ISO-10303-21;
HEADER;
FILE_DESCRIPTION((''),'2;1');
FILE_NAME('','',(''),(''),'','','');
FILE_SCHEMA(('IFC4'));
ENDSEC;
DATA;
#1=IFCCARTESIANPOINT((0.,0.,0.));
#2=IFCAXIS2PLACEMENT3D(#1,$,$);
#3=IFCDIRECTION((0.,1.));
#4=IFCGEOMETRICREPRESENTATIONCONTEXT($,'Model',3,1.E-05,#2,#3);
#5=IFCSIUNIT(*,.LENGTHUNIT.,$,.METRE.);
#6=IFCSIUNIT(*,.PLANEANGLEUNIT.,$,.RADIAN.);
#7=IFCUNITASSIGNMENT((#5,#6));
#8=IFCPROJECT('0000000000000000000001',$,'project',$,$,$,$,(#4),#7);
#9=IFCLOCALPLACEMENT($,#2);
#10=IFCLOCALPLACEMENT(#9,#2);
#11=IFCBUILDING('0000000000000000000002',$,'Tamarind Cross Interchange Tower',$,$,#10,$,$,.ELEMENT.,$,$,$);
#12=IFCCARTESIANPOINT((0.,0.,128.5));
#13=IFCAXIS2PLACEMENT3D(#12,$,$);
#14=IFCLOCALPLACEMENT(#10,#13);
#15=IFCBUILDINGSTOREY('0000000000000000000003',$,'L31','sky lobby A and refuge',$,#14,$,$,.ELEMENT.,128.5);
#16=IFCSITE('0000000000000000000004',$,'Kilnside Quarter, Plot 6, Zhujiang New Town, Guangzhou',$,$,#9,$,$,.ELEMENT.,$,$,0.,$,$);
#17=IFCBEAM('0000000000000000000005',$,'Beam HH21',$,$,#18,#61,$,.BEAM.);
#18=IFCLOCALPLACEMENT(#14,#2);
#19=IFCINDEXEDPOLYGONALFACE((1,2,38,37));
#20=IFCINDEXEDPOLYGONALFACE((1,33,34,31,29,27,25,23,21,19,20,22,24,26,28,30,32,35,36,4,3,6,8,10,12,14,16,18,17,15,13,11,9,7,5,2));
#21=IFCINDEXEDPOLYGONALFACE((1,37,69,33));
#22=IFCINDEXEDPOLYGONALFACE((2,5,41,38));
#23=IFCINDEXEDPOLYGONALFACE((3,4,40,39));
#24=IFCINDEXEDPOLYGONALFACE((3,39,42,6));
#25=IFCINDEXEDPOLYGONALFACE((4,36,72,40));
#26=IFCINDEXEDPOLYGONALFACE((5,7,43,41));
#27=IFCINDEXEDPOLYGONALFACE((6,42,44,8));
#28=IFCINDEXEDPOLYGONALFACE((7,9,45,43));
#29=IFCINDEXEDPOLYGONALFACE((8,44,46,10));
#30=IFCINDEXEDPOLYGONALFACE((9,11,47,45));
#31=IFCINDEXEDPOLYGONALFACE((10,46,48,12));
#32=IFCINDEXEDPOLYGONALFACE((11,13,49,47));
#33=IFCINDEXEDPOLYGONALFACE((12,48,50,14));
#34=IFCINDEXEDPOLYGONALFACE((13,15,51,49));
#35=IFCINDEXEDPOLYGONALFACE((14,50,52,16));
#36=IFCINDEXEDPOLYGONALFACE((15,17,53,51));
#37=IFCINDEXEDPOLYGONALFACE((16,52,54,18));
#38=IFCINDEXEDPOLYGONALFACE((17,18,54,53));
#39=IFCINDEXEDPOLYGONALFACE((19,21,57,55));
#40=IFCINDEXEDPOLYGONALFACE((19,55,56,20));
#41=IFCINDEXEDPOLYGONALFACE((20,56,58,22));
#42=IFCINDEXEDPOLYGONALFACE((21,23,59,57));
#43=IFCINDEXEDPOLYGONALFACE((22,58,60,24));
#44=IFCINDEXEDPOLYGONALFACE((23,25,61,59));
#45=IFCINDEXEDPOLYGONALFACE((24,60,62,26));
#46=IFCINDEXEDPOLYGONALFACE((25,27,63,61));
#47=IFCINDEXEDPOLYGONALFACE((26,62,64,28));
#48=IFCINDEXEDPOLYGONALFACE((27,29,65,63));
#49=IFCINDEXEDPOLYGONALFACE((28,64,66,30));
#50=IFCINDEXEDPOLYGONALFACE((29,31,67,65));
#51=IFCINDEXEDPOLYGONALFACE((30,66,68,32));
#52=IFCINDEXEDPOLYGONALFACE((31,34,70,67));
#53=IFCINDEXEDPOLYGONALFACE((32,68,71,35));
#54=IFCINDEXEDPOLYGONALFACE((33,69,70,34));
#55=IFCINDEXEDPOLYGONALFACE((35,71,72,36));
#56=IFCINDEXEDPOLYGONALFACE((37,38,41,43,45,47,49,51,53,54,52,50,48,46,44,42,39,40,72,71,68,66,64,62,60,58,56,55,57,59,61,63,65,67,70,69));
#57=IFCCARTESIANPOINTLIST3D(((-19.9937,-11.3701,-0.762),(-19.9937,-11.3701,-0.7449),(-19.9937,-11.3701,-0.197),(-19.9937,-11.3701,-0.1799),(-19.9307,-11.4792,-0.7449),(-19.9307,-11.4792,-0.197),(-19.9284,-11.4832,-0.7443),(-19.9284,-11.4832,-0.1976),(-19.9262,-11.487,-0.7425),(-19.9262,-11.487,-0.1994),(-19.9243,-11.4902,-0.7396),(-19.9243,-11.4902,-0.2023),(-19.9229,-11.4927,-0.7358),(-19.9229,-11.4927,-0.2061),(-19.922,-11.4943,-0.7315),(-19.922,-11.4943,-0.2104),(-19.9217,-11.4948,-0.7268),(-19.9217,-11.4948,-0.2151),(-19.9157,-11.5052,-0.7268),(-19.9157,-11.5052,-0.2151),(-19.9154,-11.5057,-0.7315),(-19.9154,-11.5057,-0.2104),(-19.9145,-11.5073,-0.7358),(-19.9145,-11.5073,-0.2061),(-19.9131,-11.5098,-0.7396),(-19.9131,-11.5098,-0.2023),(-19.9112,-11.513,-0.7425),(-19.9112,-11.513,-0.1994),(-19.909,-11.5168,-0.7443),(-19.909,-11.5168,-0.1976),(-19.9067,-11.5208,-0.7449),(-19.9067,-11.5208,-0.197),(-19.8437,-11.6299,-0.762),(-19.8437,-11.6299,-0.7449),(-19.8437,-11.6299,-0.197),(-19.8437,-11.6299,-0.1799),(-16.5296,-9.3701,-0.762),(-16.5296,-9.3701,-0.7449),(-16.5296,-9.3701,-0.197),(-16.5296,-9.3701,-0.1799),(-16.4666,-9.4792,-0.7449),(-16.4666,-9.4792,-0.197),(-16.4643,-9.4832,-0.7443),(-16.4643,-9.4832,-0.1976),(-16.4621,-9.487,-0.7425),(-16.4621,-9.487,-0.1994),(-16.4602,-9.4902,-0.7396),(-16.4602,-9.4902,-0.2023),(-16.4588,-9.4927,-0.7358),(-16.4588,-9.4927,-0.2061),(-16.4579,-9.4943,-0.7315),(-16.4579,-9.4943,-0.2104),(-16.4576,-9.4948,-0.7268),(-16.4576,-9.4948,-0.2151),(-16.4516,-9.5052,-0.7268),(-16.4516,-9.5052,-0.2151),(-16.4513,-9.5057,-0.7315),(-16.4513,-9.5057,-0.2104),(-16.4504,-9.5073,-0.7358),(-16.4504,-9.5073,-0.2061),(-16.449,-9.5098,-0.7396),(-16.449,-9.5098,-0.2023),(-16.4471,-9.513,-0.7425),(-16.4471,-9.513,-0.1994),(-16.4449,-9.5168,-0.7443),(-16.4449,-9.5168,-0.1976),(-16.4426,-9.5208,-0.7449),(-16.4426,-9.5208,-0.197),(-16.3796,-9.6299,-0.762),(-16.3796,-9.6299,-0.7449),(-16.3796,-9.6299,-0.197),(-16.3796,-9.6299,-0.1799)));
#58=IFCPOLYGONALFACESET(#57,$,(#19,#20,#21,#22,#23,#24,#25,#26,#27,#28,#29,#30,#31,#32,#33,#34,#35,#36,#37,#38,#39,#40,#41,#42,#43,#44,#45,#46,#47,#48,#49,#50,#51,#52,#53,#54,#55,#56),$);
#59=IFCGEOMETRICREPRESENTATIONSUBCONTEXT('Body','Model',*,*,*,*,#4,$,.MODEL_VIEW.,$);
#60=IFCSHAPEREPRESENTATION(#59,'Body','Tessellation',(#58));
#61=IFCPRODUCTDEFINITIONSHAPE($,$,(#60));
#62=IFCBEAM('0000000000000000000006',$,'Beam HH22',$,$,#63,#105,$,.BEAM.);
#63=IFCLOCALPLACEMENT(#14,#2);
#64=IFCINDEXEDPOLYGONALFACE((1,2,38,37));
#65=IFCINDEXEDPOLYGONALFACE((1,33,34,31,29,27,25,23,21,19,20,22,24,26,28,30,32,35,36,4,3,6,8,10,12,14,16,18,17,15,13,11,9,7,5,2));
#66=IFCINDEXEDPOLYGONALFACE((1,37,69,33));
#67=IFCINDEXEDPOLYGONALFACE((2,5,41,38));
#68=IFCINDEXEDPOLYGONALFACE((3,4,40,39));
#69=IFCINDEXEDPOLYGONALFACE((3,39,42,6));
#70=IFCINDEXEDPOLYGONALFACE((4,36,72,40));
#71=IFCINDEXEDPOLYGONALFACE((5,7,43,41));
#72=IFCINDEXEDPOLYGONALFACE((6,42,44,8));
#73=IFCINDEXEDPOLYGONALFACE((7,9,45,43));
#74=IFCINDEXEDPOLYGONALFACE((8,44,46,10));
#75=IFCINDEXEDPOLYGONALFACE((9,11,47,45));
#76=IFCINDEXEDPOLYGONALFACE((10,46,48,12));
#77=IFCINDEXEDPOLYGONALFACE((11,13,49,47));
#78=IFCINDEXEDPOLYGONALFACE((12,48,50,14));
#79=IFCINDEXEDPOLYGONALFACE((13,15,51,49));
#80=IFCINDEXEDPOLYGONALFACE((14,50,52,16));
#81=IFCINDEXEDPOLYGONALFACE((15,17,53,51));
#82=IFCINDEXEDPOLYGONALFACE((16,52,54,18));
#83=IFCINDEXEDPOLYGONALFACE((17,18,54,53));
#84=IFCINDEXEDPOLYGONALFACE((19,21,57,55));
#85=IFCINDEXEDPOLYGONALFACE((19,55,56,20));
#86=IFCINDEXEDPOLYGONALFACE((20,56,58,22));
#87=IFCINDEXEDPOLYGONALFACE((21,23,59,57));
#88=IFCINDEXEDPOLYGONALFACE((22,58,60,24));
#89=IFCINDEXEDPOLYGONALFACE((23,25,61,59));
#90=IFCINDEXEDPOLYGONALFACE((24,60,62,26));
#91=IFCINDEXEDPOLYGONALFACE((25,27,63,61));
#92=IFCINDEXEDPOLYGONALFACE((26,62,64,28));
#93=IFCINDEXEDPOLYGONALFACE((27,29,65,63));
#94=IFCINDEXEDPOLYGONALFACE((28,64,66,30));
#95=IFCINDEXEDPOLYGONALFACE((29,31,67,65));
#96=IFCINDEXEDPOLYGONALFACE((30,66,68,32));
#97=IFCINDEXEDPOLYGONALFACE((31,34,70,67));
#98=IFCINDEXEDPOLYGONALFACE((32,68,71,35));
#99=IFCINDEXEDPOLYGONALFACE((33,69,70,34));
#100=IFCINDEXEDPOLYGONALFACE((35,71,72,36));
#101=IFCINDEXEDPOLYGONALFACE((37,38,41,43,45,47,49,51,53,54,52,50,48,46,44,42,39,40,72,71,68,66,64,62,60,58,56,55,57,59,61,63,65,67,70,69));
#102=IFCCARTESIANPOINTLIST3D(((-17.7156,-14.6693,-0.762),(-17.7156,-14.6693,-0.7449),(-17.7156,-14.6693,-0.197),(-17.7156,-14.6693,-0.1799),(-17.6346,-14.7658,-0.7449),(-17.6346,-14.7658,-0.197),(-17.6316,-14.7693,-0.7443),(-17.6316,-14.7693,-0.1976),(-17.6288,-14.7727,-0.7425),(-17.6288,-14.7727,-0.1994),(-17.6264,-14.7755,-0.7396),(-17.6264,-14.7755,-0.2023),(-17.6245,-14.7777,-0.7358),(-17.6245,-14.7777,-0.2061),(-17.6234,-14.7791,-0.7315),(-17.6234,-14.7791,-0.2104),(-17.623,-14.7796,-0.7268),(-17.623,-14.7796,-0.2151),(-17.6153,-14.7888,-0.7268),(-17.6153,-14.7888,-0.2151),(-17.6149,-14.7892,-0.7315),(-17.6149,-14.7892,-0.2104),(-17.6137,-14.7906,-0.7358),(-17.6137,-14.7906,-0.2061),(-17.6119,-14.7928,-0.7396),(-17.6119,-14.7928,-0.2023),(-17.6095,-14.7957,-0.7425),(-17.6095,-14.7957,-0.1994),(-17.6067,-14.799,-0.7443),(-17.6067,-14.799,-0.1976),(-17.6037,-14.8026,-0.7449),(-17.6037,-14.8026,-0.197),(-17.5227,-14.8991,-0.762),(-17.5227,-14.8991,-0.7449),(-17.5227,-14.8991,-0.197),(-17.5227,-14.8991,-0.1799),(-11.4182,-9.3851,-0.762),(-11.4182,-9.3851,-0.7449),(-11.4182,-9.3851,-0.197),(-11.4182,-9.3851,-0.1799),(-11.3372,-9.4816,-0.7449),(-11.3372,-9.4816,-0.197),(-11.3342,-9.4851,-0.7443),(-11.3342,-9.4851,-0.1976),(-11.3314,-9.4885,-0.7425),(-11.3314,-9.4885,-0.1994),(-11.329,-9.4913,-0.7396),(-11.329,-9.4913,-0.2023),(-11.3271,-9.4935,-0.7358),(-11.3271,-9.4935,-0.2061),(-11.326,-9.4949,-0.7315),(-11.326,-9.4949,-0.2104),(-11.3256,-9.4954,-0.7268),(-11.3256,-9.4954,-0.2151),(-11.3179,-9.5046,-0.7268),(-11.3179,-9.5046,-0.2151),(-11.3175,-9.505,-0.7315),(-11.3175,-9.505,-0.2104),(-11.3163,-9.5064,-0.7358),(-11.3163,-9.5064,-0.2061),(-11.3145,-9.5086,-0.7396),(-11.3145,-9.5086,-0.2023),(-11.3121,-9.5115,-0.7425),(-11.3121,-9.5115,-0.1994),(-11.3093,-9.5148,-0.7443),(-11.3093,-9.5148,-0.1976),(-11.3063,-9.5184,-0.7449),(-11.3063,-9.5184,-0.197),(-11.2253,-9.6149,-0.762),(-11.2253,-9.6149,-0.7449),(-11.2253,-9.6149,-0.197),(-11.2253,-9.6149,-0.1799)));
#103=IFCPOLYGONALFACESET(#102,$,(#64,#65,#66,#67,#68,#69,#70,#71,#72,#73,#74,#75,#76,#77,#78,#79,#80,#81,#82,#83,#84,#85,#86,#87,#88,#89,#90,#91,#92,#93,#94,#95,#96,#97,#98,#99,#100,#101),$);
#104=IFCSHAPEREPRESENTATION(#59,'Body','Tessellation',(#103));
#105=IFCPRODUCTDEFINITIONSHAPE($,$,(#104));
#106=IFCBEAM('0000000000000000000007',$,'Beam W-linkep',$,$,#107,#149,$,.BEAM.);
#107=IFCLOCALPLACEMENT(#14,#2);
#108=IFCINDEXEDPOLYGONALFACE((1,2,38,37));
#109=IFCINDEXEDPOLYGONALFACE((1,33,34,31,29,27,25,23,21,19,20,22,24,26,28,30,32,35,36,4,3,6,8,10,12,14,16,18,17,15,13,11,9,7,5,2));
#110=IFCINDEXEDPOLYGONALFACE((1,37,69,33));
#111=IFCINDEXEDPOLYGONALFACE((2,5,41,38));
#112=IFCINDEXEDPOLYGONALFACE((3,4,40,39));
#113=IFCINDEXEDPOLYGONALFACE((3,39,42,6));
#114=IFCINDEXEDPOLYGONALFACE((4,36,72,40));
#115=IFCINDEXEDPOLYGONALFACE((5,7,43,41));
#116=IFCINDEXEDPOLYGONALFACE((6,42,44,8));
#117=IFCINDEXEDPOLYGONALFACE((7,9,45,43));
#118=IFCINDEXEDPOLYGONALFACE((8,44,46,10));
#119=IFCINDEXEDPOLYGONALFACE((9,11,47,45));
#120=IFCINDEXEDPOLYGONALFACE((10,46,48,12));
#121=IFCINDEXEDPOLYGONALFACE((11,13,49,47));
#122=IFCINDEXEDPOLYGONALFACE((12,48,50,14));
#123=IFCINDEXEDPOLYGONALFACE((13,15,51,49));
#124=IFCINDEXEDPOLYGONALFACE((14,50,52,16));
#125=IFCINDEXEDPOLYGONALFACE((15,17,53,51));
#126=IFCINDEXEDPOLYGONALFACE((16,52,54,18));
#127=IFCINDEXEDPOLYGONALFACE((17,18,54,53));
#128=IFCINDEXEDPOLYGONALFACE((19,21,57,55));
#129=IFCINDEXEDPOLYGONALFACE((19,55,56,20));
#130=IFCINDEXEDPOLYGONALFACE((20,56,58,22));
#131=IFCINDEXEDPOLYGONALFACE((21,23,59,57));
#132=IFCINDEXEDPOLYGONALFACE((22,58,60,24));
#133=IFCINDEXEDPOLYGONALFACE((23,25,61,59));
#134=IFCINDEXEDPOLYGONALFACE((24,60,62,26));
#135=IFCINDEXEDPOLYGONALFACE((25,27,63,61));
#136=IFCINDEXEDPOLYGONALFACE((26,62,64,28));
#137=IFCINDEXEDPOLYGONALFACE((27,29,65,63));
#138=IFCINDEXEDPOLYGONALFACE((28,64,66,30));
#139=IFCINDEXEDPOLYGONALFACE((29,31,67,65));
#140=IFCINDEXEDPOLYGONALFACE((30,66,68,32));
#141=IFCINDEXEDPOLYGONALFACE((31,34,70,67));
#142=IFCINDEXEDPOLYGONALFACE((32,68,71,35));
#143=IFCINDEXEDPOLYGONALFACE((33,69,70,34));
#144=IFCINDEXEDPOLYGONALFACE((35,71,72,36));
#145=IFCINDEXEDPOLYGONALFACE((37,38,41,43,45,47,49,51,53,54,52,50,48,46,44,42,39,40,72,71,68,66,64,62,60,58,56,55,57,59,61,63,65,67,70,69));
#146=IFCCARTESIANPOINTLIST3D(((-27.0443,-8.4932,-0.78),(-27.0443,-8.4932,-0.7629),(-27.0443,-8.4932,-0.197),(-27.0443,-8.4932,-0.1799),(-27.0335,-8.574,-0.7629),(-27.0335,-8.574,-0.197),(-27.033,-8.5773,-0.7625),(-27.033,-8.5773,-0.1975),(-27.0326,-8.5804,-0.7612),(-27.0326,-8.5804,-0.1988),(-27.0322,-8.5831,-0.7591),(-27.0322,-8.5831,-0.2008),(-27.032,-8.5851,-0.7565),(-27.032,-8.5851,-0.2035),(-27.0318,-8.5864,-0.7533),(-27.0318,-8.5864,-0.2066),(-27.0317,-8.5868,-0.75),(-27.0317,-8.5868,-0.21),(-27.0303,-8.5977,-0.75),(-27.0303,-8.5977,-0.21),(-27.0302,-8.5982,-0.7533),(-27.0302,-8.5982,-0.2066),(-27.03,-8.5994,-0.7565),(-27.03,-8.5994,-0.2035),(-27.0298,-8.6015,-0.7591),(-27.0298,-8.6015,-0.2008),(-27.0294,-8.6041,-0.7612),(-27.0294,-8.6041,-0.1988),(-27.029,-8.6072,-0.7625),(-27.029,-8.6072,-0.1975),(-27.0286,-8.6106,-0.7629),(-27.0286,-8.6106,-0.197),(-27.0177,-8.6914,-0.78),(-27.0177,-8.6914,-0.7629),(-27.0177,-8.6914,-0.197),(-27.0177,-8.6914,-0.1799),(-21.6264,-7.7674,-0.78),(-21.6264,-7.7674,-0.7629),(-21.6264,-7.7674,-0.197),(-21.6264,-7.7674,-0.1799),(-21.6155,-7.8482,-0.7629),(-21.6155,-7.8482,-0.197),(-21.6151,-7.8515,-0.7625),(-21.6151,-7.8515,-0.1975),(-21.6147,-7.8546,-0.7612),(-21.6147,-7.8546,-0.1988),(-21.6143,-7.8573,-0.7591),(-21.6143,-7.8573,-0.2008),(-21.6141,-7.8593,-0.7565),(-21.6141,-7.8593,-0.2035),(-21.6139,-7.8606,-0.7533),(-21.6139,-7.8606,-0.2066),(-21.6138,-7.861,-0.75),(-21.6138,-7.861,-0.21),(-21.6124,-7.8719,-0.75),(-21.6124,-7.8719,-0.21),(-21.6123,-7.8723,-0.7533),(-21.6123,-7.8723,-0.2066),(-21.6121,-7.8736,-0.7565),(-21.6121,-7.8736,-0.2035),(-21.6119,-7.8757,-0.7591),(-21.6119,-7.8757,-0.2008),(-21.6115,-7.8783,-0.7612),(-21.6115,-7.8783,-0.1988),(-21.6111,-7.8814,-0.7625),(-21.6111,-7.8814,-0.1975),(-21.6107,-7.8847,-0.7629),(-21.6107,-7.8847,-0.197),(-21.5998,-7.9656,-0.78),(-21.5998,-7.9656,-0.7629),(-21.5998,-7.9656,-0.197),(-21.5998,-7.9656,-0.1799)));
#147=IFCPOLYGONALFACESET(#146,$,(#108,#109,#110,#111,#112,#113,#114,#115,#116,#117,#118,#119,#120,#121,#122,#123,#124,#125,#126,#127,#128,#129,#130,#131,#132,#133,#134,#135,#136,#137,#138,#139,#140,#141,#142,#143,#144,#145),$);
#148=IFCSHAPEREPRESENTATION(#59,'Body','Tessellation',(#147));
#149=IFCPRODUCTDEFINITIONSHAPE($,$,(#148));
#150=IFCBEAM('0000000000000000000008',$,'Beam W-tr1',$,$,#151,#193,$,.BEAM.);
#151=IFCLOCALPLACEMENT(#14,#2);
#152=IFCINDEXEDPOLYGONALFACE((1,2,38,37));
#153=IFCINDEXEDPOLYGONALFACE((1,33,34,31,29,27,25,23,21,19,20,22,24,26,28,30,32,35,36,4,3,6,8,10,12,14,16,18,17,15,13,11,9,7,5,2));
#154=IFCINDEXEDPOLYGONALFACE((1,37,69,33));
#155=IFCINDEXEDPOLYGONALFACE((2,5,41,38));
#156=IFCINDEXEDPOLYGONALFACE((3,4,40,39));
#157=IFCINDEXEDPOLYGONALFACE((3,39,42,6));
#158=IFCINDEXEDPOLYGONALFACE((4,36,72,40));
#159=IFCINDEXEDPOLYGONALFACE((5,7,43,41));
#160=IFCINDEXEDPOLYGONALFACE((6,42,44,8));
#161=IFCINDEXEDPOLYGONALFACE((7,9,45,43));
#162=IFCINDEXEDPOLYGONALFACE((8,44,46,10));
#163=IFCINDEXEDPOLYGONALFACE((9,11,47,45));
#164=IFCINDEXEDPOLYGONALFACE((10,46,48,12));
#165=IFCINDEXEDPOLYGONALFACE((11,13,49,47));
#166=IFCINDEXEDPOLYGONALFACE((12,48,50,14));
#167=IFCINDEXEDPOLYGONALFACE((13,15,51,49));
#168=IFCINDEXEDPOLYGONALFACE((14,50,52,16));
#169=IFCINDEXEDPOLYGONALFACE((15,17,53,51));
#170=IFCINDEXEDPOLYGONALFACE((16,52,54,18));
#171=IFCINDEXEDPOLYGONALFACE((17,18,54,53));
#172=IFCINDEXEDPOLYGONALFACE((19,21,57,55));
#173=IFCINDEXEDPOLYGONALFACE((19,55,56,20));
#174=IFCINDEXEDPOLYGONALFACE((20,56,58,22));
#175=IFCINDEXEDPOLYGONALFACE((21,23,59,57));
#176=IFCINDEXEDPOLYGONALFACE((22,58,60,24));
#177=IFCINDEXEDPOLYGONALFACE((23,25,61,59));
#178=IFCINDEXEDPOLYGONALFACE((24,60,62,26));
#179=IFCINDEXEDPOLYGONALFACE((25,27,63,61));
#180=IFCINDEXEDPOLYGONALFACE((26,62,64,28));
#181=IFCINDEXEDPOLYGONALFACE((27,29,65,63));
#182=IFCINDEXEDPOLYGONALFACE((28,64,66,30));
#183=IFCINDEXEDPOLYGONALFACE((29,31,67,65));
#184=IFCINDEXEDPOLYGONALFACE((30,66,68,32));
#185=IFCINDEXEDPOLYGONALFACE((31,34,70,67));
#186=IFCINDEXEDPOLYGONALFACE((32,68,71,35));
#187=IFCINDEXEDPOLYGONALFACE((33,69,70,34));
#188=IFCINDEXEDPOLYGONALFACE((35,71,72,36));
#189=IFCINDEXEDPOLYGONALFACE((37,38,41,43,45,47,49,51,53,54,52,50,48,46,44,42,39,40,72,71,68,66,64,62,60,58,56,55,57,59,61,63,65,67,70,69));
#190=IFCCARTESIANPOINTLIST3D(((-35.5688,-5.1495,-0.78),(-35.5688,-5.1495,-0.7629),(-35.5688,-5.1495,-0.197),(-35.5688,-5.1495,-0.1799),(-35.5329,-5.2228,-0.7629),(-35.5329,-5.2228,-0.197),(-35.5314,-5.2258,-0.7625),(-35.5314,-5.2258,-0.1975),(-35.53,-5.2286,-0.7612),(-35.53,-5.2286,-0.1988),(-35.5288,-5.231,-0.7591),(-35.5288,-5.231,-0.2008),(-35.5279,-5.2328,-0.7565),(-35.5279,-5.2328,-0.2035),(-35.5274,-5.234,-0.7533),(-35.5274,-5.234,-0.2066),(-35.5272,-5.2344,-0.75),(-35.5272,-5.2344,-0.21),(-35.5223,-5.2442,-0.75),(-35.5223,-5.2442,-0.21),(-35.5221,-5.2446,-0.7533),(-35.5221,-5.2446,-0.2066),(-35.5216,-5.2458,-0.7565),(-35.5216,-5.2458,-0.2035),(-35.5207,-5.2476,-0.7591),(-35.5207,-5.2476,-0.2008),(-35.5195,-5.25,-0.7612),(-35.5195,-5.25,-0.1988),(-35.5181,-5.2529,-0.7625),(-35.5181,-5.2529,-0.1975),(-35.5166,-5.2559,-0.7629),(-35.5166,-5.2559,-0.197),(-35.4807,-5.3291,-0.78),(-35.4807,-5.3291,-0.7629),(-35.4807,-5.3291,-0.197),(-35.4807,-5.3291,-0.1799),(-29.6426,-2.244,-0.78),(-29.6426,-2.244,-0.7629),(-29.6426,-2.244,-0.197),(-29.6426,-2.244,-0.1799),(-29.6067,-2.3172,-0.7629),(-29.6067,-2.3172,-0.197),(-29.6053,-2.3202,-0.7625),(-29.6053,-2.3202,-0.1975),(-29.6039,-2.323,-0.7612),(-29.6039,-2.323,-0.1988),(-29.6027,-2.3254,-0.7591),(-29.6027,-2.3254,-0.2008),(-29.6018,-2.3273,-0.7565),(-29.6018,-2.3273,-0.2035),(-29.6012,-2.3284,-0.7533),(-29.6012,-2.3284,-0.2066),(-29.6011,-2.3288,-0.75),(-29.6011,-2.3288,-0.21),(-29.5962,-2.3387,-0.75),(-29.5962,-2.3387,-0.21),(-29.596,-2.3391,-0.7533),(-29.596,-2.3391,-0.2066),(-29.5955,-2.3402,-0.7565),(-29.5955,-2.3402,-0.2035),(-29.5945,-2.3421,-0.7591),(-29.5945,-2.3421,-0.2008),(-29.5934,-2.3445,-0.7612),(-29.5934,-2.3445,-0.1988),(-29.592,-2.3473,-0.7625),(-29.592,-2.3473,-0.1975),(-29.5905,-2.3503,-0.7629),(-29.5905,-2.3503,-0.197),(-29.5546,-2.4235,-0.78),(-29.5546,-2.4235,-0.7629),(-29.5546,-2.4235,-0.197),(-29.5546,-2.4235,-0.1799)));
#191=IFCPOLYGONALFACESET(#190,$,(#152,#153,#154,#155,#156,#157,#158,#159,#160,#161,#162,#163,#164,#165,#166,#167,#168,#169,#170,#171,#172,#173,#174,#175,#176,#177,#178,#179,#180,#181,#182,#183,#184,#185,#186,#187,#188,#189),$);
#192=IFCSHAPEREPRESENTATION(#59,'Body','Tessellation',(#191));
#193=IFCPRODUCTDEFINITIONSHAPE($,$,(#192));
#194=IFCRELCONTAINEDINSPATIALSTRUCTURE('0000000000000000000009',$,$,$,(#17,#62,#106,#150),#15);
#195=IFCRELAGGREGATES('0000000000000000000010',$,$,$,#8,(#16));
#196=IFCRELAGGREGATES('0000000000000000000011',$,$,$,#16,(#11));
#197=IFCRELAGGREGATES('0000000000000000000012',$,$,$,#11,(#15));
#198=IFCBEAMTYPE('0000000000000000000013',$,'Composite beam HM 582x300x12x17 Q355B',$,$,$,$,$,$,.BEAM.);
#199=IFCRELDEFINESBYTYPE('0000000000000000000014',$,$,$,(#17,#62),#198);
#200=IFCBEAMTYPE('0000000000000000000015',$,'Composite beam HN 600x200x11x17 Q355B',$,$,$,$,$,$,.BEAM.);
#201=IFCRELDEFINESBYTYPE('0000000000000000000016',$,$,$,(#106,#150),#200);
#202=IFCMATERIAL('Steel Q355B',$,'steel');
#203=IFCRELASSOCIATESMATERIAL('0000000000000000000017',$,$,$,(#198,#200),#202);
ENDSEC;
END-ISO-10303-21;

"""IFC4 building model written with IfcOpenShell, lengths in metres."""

from ifc_helpers import new_model, si_unit, direction, frame, origin, origin_2d, place, context, subcontext, project, spatial, i_section, extrude, material, material_profile, profile_set, type_object, element, save


model = new_model("IFC4")

# Units and contexts
model_context = context("Model", 3, precision=1e-05, world=origin(), true_north=direction((0.0, 1.0)))
body_context = subcontext(model_context, "Body", "Model", "MODEL_VIEW")
ifc_project = project(units=[si_unit("LENGTHUNIT", "METRE"), si_unit("PLANEANGLEUNIT", "RADIAN")], contexts=[model_context])

# Site, building, storey
site_placement = place(None, origin())
site = spatial("IfcSite", under=ifc_project, at=site_placement, Name="Kilnside Quarter, Plot 6, Zhujiang New Town, Guangzhou", CompositionType="ELEMENT", RefElevation=0.0)
building_placement = place(site_placement, origin())
building = spatial("IfcBuilding", under=site, at=building_placement, Name="Tamarind Cross Interchange Tower", CompositionType="ELEMENT")
storey_placement = place(building_placement, frame((0.0, 0.0, 128.5)))
storey = spatial("IfcBuildingStorey", under=building, at=storey_placement, Name="L31", Description="sky lobby A and refuge", CompositionType="ELEMENT", Elevation=128.5)

# Beams
ifc_material_1 = material(Name="Steel Q355B", Category="steel")
ifc_material_profile_1 = material_profile(ifc_material_1, i_section(OverallWidth=0.3, OverallDepth=0.582, WebThickness=0.012, FlangeThickness=0.0171, FilletRadius=0.0181, at=origin_2d()), Name="HM 582x300x12x17")
ifc_profile_set_1 = profile_set([ifc_material_profile_1], Name="Steel Q355B")
beam_type_1 = type_object("IfcBeamType", Name="Composite beam HM 582x300x12x17 Q355B", PredefinedType="BEAM", material=ifc_profile_set_1)
beam_1_placement = place(storey_placement, frame((-19.9187, -11.5, -0.4709), z_axis=(0.866026, 0.499999, 0.0), x_axis=(-0.499999, 0.866026, 0.0)))
element("IfcBeam", 1, at=beam_1_placement, inside=storey, type_object=beam_type_1, Name="Beam HH21", PredefinedType="BEAM", context=body_context, shape_type="SweptSolid", body=[
    extrude(i_section(OverallWidth=0.3, OverallDepth=0.582, WebThickness=0.012, FlangeThickness=0.0171, FilletRadius=0.0181, at=origin_2d()), origin(), (0.0, 0.0, 1.0), 4.0),
])
beam_2_placement = place(storey_placement, frame((-17.6191, -14.7842, -0.4709), z_axis=(0.766041, 0.642792, 0.0), x_axis=(-0.642792, 0.766041, 0.0)))
element("IfcBeam", 2, at=beam_2_placement, inside=storey, type_object=beam_type_1, Name="Beam HH22", PredefinedType="BEAM", context=body_context, shape_type="SweptSolid", body=[
    extrude(i_section(OverallWidth=0.3, OverallDepth=0.582, WebThickness=0.012, FlangeThickness=0.0171, FilletRadius=0.0181, at=origin_2d()), origin(), (0.0, 0.0, 1.0), 8.2207),
])
ifc_material_profile_2 = material_profile(ifc_material_1, i_section(OverallWidth=0.2, OverallDepth=0.6001, WebThickness=0.011, FlangeThickness=0.0171, FilletRadius=0.0129, at=origin_2d()), Name="HN 600x200x11x17")
ifc_profile_set_2 = profile_set([ifc_material_profile_2], Name="Steel Q355B")
beam_type_2 = type_object("IfcBeamType", Name="Composite beam HN 600x200x11x17 Q355B", PredefinedType="BEAM", material=ifc_profile_set_2)
beam_3_placement = place(storey_placement, frame((-27.031, -8.5923, -0.48), z_axis=(0.991145, 0.132781, 0.0), x_axis=(-0.132781, 0.991145, 0.0)))
element("IfcBeam", 3, at=beam_3_placement, inside=storey, type_object=beam_type_2, Name="Beam W-linkep", PredefinedType="BEAM", context=body_context, shape_type="SweptSolid", body=[
    extrude(i_section(OverallWidth=0.2, OverallDepth=0.6001, WebThickness=0.011, FlangeThickness=0.0171, FilletRadius=0.0129, at=origin_2d()), origin(), (0.0, 0.0, 1.0), 5.4663),
])
for number, where, z_axis, x_axis, name in (
    (4, (-29.5986, -2.3337, -0.48), (-0.897885, -0.440231, 0.0), (0.440231, -0.897885, 0.0), "Beam W-tr1"),
):
    element("IfcBeam", number, at=place(storey_placement, frame(where, z_axis=z_axis, x_axis=x_axis)), inside=storey, type_object=beam_type_2, Name=name, PredefinedType="BEAM", context=body_context, shape_type="SweptSolid", body=[
        extrude(i_section(OverallWidth=0.2, OverallDepth=0.6001, WebThickness=0.011, FlangeThickness=0.0171, FilletRadius=0.0129, at=origin_2d()), origin(), (0.0, 0.0, 1.0), 6.6001),
    ])

save(model, "model.ifc")
